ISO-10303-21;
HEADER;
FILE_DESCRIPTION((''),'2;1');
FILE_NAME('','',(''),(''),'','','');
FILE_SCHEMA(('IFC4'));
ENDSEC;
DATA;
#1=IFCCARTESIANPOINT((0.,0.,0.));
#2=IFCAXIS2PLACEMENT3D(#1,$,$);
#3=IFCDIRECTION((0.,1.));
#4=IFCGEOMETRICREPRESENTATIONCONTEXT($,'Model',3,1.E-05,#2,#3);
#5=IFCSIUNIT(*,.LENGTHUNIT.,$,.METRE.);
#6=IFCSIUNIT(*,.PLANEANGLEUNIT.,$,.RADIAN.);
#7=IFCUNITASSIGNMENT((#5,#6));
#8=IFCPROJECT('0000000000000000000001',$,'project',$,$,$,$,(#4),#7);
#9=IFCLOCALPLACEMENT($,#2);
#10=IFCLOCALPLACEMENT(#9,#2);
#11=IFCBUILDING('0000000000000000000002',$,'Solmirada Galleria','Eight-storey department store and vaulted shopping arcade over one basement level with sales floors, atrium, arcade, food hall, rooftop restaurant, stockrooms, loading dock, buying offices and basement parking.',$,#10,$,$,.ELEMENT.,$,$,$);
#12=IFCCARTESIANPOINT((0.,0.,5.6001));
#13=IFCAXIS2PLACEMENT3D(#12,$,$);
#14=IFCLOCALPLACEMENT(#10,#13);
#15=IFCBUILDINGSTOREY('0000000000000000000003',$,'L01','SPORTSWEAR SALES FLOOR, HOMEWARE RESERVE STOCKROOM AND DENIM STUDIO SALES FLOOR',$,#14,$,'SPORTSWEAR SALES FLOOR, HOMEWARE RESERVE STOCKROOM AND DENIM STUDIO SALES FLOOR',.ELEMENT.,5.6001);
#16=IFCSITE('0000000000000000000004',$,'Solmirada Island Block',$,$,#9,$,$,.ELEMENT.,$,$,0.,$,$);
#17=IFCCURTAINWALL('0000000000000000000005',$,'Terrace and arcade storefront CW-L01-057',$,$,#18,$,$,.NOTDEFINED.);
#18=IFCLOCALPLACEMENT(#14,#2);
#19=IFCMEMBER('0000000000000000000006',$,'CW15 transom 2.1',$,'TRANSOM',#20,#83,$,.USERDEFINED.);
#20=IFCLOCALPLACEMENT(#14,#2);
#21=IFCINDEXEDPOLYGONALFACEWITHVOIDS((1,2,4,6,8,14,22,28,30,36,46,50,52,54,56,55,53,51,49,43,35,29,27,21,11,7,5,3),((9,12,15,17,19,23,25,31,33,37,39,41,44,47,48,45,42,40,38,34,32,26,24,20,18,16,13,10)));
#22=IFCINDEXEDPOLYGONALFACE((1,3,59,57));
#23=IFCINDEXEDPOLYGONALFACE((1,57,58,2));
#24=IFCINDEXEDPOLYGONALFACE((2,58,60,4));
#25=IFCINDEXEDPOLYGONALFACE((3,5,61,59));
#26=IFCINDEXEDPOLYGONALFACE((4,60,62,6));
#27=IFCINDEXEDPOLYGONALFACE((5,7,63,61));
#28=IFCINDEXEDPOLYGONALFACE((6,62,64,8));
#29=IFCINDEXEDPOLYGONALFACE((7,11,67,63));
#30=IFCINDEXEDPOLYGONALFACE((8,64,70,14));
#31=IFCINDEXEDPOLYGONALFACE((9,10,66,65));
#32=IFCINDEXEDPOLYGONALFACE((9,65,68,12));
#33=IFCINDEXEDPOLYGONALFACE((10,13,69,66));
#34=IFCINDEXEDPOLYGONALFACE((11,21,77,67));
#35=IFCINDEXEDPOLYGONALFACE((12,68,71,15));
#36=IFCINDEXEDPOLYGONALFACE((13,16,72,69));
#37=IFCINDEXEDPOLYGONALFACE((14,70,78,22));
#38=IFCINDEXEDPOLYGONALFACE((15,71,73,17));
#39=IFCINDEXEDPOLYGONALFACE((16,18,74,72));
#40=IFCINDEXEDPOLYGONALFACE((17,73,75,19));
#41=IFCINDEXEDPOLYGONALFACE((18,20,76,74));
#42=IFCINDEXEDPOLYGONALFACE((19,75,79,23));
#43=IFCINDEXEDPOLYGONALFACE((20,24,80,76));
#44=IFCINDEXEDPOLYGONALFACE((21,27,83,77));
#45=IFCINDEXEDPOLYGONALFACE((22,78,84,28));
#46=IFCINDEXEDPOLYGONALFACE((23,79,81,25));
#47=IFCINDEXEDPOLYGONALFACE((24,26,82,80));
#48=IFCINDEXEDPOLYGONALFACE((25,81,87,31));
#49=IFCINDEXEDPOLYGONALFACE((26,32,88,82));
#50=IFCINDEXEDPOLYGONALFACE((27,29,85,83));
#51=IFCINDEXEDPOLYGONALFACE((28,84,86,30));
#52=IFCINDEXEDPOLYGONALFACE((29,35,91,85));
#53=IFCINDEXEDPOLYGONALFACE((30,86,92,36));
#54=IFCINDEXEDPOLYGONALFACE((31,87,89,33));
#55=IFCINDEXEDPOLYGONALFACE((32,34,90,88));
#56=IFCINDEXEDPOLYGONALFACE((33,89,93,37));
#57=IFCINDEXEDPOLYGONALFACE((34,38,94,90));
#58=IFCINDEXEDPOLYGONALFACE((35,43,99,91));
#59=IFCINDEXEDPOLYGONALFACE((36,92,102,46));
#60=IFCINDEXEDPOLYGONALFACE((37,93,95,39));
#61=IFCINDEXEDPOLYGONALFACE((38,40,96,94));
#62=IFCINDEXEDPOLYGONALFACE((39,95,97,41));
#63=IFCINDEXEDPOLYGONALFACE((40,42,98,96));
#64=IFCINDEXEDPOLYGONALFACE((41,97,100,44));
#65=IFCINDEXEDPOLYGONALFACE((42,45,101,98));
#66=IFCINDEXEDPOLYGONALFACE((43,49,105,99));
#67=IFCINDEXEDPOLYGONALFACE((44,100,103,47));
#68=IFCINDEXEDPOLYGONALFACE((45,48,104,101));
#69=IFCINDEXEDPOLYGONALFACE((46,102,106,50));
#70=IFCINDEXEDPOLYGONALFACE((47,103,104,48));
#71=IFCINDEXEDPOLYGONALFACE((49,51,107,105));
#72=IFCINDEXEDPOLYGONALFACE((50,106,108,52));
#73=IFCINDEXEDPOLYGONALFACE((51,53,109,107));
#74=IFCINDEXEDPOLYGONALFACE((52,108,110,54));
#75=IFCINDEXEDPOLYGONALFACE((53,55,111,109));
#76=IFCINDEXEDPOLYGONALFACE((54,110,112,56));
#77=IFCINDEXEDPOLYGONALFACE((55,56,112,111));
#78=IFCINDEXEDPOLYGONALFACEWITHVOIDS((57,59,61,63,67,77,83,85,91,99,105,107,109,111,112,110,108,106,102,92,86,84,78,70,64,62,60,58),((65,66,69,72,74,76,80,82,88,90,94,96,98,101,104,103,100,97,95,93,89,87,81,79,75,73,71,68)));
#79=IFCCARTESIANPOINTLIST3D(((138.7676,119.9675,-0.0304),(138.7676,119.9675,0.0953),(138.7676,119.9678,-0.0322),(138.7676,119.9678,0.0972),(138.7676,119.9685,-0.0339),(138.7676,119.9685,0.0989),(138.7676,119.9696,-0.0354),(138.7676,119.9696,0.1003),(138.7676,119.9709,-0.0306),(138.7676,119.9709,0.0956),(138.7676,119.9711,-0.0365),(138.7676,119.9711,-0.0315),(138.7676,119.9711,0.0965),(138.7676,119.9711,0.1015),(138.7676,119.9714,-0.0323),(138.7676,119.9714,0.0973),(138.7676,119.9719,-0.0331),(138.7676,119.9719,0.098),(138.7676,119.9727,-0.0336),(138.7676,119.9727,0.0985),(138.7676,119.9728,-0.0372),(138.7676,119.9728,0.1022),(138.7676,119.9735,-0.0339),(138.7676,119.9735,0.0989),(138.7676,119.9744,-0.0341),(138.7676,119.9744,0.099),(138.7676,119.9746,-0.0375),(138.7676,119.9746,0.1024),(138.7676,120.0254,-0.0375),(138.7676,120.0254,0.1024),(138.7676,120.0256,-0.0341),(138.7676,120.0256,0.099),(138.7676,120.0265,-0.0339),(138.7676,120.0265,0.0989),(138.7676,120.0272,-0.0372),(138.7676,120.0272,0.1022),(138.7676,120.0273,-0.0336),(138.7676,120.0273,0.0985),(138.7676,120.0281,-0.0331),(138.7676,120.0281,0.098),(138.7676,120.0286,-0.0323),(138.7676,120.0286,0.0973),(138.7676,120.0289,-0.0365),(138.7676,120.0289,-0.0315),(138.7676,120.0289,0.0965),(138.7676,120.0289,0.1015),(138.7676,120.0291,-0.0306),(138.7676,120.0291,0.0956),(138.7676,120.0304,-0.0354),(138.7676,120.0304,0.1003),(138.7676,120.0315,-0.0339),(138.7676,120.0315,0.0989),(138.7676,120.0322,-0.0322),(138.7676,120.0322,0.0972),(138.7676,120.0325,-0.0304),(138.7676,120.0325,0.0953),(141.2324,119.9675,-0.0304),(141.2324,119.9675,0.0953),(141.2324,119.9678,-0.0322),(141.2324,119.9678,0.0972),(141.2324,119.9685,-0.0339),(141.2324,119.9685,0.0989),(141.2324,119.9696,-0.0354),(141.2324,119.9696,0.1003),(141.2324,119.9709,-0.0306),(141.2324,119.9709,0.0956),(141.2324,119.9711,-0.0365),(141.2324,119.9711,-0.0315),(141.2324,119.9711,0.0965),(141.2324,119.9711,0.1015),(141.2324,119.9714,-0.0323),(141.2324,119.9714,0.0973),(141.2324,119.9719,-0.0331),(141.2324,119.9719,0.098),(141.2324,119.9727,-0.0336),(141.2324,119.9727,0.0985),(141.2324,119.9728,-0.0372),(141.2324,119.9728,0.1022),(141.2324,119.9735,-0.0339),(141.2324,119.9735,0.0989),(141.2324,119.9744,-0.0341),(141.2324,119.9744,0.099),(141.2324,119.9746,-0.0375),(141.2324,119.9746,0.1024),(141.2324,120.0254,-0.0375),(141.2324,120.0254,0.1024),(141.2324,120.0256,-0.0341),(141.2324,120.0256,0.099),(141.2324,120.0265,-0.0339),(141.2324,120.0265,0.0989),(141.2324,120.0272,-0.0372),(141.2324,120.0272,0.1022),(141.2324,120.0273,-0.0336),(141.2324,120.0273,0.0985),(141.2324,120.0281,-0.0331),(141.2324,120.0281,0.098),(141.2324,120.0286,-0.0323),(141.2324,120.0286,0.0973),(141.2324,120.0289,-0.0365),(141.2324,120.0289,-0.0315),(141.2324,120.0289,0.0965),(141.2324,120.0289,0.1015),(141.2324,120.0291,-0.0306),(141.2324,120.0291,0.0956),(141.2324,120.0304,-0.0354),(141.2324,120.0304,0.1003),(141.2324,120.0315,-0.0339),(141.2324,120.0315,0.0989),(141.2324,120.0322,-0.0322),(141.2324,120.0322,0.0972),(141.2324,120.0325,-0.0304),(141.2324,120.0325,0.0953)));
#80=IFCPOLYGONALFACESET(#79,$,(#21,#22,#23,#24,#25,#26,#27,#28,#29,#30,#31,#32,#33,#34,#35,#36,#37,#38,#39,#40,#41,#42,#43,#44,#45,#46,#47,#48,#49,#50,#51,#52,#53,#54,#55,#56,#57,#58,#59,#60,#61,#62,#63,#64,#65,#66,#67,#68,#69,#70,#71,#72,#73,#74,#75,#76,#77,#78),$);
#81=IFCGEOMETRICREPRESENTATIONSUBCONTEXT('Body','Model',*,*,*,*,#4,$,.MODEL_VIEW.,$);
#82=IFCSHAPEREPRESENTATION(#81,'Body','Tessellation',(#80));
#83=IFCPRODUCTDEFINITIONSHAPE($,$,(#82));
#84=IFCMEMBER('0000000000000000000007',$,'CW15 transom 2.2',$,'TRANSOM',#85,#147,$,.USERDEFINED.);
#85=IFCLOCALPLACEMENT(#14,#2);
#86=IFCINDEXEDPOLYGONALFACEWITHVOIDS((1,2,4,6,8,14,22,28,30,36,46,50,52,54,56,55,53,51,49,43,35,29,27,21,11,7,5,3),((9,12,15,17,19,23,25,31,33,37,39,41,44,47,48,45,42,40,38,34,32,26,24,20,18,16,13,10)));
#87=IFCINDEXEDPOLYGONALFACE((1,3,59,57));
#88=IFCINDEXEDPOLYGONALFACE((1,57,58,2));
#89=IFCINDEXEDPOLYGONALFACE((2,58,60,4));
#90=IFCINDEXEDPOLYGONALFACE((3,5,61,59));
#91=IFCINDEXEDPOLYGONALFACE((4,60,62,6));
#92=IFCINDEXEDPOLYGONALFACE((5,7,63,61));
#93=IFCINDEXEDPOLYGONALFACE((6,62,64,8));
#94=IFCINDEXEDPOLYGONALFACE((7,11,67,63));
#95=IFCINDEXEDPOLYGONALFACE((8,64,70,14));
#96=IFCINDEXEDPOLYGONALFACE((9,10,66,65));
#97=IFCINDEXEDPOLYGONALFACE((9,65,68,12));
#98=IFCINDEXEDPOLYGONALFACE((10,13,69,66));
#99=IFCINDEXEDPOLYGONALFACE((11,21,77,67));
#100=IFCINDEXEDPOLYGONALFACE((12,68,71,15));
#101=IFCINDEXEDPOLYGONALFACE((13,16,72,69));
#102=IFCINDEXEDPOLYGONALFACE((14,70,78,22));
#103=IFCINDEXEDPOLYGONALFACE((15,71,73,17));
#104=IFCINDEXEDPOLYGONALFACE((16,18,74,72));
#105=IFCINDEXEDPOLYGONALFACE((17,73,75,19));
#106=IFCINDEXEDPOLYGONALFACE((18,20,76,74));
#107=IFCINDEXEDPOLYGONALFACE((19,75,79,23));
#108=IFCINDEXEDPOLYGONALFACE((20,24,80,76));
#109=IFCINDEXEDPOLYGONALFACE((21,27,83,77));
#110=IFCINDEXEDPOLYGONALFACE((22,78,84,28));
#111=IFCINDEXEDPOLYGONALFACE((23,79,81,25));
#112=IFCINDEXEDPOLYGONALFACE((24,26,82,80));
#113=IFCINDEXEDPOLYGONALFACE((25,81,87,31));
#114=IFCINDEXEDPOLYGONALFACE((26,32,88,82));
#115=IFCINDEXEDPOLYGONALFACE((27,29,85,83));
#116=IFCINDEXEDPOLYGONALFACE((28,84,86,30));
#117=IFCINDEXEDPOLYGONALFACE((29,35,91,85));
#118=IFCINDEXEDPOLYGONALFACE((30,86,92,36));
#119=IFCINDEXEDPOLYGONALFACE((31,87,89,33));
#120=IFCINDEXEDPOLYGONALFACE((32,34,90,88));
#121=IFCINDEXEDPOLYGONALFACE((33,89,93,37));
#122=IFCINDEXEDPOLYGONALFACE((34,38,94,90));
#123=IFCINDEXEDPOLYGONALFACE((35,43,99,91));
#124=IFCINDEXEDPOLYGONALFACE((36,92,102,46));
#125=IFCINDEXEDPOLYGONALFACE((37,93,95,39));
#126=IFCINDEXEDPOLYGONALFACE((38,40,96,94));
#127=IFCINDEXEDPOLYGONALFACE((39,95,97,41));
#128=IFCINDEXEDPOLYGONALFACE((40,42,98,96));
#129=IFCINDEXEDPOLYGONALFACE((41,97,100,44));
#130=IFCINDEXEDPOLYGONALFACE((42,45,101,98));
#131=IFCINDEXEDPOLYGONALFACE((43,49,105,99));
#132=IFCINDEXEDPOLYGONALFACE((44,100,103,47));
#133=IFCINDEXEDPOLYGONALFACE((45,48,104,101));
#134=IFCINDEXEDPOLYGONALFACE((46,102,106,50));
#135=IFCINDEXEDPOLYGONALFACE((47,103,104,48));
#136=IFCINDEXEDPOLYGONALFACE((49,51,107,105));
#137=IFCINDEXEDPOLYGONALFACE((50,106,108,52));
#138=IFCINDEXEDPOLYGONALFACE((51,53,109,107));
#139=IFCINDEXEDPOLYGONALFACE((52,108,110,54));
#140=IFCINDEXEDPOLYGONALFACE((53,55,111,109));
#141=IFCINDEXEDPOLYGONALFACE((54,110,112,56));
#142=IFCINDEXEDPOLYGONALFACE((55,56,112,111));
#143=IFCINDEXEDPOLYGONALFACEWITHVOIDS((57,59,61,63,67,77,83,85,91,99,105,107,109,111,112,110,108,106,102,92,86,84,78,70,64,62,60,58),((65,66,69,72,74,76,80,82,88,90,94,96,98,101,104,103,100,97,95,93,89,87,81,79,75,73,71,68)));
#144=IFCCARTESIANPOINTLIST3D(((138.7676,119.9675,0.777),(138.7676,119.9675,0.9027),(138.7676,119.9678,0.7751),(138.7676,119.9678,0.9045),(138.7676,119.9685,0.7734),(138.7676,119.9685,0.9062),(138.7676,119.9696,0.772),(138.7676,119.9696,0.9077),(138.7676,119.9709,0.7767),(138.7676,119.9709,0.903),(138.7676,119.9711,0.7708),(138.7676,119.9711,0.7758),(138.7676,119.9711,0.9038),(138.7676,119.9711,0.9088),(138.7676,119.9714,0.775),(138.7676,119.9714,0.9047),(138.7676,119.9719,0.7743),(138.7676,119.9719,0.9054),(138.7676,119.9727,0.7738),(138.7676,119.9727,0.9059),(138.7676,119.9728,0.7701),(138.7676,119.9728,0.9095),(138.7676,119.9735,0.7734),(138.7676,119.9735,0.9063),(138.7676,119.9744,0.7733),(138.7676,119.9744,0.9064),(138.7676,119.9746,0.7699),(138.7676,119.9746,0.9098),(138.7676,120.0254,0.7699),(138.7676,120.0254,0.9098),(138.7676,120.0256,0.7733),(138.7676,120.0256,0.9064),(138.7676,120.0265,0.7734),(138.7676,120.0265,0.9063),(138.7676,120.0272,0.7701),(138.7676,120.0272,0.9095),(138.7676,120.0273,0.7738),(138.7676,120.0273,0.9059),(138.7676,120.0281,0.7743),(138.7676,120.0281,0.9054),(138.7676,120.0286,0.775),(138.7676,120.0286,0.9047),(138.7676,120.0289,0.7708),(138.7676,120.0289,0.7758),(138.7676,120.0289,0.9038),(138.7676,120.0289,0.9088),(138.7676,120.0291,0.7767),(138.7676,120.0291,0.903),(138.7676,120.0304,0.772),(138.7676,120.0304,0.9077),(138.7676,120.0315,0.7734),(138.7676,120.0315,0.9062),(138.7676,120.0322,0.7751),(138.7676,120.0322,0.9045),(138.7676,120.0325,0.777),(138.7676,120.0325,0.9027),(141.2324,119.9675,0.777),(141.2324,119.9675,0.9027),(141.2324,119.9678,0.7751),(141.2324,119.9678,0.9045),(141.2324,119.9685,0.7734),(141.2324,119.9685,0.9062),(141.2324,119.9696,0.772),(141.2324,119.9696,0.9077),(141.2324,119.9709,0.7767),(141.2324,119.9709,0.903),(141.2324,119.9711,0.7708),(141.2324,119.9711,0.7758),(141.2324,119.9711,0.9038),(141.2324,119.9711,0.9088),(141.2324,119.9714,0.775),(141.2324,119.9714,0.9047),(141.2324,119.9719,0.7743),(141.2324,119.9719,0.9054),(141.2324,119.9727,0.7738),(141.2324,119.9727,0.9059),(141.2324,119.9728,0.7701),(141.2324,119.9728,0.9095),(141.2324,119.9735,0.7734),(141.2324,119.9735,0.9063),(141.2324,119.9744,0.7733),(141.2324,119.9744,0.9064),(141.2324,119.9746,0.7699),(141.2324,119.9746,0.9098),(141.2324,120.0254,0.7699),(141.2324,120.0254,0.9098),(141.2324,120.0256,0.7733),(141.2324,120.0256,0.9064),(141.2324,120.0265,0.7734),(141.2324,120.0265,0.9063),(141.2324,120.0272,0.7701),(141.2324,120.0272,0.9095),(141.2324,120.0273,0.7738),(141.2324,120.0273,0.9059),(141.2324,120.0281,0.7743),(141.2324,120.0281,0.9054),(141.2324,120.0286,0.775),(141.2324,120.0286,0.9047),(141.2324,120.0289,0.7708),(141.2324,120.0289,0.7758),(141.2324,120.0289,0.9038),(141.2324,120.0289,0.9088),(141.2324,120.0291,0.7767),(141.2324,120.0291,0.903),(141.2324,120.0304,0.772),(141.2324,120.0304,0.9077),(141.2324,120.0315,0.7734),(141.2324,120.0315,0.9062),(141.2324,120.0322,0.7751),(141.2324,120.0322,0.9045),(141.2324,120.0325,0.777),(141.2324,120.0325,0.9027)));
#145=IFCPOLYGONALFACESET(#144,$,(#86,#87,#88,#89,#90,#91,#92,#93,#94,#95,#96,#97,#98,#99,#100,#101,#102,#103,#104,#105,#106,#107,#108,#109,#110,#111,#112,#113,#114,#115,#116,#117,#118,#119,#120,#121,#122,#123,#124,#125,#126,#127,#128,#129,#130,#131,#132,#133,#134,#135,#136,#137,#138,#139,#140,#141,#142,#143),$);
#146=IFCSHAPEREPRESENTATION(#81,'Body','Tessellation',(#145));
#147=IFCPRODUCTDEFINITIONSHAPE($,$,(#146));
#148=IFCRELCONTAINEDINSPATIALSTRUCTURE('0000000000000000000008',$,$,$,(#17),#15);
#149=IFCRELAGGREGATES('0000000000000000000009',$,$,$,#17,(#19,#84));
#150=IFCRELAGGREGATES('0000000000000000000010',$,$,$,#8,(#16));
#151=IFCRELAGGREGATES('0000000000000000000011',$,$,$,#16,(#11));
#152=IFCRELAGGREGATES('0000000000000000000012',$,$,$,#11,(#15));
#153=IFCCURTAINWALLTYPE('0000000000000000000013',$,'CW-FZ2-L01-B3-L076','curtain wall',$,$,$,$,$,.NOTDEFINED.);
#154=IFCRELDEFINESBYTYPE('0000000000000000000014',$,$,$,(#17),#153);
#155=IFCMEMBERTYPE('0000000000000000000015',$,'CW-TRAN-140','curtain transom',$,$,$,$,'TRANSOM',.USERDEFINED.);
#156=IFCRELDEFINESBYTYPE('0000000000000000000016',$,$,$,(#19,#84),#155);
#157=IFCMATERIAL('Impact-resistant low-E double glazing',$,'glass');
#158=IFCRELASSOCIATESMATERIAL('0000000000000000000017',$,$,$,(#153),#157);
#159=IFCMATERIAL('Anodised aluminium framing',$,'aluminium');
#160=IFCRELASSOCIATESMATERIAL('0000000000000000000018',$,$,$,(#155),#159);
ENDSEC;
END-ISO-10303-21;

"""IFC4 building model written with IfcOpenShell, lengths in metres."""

from ifc_helpers import new_model, si_unit, direction, frame, origin, origin_2d, place, context, subcontext, project, spatial, hollow_rectangle, extrude, material, material_profile, profile_set, type_object, element, aggregate, save


model = new_model("IFC4")

# Units and contexts
model_context = context("Model", 3, precision=1e-05, world=origin(), true_north=direction((0.0, 1.0)))
body_context = subcontext(model_context, "Body", "Model", "MODEL_VIEW")
ifc_project = project(units=[si_unit("LENGTHUNIT", "METRE"), si_unit("PLANEANGLEUNIT", "RADIAN")], contexts=[model_context])

# Site, building, storey
site_placement = place(None, origin())
site = spatial("IfcSite", under=ifc_project, at=site_placement, Name="Solmirada Island Block", CompositionType="ELEMENT", RefElevation=0.0)
building_placement = place(site_placement, origin())
building = spatial("IfcBuilding", under=site, at=building_placement, Name="Solmirada Galleria", Description="Eight-storey department store and vaulted shopping arcade over one basement level with sales floors, atrium, arcade, food hall, rooftop restaurant, stockrooms, loading dock, buying offices and basement parking.", CompositionType="ELEMENT")
storey_placement = place(building_placement, frame((0.0, 0.0, 5.6001)))
storey = spatial("IfcBuildingStorey", under=building, at=storey_placement, Name="L01", Description="SPORTSWEAR SALES FLOOR, HOMEWARE RESERVE STOCKROOM AND DENIM STUDIO SALES FLOOR", LongName="SPORTSWEAR SALES FLOOR, HOMEWARE RESERVE STOCKROOM AND DENIM STUDIO SALES FLOOR", CompositionType="ELEMENT", Elevation=5.6001)

# Curtain wall
ifc_material_1 = material(Name="Impact-resistant low-E double glazing", Category="glass")
curtain_wall_type = type_object("IfcCurtainWallType", Name="CW-FZ2-L01-B3-L076", Description="curtain wall", PredefinedType="NOTDEFINED", material=ifc_material_1)
ifc_material_2 = material(Name="Anodised aluminium framing", Category="aluminium")
curtain_wall_1_placement = place(storey_placement, origin())
curtain_wall_1 = element("IfcCurtainWall", 1, at=curtain_wall_1_placement, inside=storey, type_object=curtain_wall_type, Name="Terrace and arcade storefront CW-L01-057", PredefinedType="NOTDEFINED")

# Members
ifc_material_profile_1 = material_profile(ifc_material_2, hollow_rectangle(XDim=0.0649, YDim=0.1399, WallThickness=0.0034, InnerFilletRadius=0.0034, OuterFilletRadius=0.0071, at=origin_2d()), Name="ALU-TRAN-140X65")
ifc_profile_set_1 = profile_set([ifc_material_profile_1], Name="Anodised aluminium framing")
member_type_1 = type_object("IfcMemberType", Name="CW-TRAN-140", Description="curtain transom", ElementType="TRANSOM", PredefinedType="USERDEFINED", material=ifc_profile_set_1)
member_1_placement = place(storey_placement, frame((138.7676, 120.0, 0.0325), z_axis=(1.0, 0.0, 0.0), x_axis=(0.0, 1.0, 0.0)))
member_1 = element("IfcMember", 2, at=member_1_placement, type_object=member_type_1, Name="CW15 transom 2.1", ObjectType="TRANSOM", PredefinedType="USERDEFINED", context=body_context, shape_type="SweptSolid", body=[
    extrude(hollow_rectangle(XDim=0.0649, YDim=0.1399, WallThickness=0.0034, InnerFilletRadius=0.0034, OuterFilletRadius=0.0071, at=origin_2d()), origin(), (0.0, 0.0, 1.0), 2.4648),
])
member_2_placement = place(storey_placement, frame((138.7676, 120.0, 0.8398), z_axis=(1.0, 0.0, 0.0), x_axis=(0.0, 1.0, 0.0)))
member_2 = element("IfcMember", 3, at=member_2_placement, type_object=member_type_1, Name="CW15 transom 2.2", ObjectType="TRANSOM", PredefinedType="USERDEFINED", context=body_context, shape_type="SweptSolid", body=[
    extrude(hollow_rectangle(XDim=0.0649, YDim=0.1399, WallThickness=0.0034, InnerFilletRadius=0.0034, OuterFilletRadius=0.0071, at=origin_2d()), origin(), (0.0, 0.0, 1.0), 2.4648),
])

aggregate(curtain_wall_1, [member_1, member_2])

save(model, "model.ifc")
